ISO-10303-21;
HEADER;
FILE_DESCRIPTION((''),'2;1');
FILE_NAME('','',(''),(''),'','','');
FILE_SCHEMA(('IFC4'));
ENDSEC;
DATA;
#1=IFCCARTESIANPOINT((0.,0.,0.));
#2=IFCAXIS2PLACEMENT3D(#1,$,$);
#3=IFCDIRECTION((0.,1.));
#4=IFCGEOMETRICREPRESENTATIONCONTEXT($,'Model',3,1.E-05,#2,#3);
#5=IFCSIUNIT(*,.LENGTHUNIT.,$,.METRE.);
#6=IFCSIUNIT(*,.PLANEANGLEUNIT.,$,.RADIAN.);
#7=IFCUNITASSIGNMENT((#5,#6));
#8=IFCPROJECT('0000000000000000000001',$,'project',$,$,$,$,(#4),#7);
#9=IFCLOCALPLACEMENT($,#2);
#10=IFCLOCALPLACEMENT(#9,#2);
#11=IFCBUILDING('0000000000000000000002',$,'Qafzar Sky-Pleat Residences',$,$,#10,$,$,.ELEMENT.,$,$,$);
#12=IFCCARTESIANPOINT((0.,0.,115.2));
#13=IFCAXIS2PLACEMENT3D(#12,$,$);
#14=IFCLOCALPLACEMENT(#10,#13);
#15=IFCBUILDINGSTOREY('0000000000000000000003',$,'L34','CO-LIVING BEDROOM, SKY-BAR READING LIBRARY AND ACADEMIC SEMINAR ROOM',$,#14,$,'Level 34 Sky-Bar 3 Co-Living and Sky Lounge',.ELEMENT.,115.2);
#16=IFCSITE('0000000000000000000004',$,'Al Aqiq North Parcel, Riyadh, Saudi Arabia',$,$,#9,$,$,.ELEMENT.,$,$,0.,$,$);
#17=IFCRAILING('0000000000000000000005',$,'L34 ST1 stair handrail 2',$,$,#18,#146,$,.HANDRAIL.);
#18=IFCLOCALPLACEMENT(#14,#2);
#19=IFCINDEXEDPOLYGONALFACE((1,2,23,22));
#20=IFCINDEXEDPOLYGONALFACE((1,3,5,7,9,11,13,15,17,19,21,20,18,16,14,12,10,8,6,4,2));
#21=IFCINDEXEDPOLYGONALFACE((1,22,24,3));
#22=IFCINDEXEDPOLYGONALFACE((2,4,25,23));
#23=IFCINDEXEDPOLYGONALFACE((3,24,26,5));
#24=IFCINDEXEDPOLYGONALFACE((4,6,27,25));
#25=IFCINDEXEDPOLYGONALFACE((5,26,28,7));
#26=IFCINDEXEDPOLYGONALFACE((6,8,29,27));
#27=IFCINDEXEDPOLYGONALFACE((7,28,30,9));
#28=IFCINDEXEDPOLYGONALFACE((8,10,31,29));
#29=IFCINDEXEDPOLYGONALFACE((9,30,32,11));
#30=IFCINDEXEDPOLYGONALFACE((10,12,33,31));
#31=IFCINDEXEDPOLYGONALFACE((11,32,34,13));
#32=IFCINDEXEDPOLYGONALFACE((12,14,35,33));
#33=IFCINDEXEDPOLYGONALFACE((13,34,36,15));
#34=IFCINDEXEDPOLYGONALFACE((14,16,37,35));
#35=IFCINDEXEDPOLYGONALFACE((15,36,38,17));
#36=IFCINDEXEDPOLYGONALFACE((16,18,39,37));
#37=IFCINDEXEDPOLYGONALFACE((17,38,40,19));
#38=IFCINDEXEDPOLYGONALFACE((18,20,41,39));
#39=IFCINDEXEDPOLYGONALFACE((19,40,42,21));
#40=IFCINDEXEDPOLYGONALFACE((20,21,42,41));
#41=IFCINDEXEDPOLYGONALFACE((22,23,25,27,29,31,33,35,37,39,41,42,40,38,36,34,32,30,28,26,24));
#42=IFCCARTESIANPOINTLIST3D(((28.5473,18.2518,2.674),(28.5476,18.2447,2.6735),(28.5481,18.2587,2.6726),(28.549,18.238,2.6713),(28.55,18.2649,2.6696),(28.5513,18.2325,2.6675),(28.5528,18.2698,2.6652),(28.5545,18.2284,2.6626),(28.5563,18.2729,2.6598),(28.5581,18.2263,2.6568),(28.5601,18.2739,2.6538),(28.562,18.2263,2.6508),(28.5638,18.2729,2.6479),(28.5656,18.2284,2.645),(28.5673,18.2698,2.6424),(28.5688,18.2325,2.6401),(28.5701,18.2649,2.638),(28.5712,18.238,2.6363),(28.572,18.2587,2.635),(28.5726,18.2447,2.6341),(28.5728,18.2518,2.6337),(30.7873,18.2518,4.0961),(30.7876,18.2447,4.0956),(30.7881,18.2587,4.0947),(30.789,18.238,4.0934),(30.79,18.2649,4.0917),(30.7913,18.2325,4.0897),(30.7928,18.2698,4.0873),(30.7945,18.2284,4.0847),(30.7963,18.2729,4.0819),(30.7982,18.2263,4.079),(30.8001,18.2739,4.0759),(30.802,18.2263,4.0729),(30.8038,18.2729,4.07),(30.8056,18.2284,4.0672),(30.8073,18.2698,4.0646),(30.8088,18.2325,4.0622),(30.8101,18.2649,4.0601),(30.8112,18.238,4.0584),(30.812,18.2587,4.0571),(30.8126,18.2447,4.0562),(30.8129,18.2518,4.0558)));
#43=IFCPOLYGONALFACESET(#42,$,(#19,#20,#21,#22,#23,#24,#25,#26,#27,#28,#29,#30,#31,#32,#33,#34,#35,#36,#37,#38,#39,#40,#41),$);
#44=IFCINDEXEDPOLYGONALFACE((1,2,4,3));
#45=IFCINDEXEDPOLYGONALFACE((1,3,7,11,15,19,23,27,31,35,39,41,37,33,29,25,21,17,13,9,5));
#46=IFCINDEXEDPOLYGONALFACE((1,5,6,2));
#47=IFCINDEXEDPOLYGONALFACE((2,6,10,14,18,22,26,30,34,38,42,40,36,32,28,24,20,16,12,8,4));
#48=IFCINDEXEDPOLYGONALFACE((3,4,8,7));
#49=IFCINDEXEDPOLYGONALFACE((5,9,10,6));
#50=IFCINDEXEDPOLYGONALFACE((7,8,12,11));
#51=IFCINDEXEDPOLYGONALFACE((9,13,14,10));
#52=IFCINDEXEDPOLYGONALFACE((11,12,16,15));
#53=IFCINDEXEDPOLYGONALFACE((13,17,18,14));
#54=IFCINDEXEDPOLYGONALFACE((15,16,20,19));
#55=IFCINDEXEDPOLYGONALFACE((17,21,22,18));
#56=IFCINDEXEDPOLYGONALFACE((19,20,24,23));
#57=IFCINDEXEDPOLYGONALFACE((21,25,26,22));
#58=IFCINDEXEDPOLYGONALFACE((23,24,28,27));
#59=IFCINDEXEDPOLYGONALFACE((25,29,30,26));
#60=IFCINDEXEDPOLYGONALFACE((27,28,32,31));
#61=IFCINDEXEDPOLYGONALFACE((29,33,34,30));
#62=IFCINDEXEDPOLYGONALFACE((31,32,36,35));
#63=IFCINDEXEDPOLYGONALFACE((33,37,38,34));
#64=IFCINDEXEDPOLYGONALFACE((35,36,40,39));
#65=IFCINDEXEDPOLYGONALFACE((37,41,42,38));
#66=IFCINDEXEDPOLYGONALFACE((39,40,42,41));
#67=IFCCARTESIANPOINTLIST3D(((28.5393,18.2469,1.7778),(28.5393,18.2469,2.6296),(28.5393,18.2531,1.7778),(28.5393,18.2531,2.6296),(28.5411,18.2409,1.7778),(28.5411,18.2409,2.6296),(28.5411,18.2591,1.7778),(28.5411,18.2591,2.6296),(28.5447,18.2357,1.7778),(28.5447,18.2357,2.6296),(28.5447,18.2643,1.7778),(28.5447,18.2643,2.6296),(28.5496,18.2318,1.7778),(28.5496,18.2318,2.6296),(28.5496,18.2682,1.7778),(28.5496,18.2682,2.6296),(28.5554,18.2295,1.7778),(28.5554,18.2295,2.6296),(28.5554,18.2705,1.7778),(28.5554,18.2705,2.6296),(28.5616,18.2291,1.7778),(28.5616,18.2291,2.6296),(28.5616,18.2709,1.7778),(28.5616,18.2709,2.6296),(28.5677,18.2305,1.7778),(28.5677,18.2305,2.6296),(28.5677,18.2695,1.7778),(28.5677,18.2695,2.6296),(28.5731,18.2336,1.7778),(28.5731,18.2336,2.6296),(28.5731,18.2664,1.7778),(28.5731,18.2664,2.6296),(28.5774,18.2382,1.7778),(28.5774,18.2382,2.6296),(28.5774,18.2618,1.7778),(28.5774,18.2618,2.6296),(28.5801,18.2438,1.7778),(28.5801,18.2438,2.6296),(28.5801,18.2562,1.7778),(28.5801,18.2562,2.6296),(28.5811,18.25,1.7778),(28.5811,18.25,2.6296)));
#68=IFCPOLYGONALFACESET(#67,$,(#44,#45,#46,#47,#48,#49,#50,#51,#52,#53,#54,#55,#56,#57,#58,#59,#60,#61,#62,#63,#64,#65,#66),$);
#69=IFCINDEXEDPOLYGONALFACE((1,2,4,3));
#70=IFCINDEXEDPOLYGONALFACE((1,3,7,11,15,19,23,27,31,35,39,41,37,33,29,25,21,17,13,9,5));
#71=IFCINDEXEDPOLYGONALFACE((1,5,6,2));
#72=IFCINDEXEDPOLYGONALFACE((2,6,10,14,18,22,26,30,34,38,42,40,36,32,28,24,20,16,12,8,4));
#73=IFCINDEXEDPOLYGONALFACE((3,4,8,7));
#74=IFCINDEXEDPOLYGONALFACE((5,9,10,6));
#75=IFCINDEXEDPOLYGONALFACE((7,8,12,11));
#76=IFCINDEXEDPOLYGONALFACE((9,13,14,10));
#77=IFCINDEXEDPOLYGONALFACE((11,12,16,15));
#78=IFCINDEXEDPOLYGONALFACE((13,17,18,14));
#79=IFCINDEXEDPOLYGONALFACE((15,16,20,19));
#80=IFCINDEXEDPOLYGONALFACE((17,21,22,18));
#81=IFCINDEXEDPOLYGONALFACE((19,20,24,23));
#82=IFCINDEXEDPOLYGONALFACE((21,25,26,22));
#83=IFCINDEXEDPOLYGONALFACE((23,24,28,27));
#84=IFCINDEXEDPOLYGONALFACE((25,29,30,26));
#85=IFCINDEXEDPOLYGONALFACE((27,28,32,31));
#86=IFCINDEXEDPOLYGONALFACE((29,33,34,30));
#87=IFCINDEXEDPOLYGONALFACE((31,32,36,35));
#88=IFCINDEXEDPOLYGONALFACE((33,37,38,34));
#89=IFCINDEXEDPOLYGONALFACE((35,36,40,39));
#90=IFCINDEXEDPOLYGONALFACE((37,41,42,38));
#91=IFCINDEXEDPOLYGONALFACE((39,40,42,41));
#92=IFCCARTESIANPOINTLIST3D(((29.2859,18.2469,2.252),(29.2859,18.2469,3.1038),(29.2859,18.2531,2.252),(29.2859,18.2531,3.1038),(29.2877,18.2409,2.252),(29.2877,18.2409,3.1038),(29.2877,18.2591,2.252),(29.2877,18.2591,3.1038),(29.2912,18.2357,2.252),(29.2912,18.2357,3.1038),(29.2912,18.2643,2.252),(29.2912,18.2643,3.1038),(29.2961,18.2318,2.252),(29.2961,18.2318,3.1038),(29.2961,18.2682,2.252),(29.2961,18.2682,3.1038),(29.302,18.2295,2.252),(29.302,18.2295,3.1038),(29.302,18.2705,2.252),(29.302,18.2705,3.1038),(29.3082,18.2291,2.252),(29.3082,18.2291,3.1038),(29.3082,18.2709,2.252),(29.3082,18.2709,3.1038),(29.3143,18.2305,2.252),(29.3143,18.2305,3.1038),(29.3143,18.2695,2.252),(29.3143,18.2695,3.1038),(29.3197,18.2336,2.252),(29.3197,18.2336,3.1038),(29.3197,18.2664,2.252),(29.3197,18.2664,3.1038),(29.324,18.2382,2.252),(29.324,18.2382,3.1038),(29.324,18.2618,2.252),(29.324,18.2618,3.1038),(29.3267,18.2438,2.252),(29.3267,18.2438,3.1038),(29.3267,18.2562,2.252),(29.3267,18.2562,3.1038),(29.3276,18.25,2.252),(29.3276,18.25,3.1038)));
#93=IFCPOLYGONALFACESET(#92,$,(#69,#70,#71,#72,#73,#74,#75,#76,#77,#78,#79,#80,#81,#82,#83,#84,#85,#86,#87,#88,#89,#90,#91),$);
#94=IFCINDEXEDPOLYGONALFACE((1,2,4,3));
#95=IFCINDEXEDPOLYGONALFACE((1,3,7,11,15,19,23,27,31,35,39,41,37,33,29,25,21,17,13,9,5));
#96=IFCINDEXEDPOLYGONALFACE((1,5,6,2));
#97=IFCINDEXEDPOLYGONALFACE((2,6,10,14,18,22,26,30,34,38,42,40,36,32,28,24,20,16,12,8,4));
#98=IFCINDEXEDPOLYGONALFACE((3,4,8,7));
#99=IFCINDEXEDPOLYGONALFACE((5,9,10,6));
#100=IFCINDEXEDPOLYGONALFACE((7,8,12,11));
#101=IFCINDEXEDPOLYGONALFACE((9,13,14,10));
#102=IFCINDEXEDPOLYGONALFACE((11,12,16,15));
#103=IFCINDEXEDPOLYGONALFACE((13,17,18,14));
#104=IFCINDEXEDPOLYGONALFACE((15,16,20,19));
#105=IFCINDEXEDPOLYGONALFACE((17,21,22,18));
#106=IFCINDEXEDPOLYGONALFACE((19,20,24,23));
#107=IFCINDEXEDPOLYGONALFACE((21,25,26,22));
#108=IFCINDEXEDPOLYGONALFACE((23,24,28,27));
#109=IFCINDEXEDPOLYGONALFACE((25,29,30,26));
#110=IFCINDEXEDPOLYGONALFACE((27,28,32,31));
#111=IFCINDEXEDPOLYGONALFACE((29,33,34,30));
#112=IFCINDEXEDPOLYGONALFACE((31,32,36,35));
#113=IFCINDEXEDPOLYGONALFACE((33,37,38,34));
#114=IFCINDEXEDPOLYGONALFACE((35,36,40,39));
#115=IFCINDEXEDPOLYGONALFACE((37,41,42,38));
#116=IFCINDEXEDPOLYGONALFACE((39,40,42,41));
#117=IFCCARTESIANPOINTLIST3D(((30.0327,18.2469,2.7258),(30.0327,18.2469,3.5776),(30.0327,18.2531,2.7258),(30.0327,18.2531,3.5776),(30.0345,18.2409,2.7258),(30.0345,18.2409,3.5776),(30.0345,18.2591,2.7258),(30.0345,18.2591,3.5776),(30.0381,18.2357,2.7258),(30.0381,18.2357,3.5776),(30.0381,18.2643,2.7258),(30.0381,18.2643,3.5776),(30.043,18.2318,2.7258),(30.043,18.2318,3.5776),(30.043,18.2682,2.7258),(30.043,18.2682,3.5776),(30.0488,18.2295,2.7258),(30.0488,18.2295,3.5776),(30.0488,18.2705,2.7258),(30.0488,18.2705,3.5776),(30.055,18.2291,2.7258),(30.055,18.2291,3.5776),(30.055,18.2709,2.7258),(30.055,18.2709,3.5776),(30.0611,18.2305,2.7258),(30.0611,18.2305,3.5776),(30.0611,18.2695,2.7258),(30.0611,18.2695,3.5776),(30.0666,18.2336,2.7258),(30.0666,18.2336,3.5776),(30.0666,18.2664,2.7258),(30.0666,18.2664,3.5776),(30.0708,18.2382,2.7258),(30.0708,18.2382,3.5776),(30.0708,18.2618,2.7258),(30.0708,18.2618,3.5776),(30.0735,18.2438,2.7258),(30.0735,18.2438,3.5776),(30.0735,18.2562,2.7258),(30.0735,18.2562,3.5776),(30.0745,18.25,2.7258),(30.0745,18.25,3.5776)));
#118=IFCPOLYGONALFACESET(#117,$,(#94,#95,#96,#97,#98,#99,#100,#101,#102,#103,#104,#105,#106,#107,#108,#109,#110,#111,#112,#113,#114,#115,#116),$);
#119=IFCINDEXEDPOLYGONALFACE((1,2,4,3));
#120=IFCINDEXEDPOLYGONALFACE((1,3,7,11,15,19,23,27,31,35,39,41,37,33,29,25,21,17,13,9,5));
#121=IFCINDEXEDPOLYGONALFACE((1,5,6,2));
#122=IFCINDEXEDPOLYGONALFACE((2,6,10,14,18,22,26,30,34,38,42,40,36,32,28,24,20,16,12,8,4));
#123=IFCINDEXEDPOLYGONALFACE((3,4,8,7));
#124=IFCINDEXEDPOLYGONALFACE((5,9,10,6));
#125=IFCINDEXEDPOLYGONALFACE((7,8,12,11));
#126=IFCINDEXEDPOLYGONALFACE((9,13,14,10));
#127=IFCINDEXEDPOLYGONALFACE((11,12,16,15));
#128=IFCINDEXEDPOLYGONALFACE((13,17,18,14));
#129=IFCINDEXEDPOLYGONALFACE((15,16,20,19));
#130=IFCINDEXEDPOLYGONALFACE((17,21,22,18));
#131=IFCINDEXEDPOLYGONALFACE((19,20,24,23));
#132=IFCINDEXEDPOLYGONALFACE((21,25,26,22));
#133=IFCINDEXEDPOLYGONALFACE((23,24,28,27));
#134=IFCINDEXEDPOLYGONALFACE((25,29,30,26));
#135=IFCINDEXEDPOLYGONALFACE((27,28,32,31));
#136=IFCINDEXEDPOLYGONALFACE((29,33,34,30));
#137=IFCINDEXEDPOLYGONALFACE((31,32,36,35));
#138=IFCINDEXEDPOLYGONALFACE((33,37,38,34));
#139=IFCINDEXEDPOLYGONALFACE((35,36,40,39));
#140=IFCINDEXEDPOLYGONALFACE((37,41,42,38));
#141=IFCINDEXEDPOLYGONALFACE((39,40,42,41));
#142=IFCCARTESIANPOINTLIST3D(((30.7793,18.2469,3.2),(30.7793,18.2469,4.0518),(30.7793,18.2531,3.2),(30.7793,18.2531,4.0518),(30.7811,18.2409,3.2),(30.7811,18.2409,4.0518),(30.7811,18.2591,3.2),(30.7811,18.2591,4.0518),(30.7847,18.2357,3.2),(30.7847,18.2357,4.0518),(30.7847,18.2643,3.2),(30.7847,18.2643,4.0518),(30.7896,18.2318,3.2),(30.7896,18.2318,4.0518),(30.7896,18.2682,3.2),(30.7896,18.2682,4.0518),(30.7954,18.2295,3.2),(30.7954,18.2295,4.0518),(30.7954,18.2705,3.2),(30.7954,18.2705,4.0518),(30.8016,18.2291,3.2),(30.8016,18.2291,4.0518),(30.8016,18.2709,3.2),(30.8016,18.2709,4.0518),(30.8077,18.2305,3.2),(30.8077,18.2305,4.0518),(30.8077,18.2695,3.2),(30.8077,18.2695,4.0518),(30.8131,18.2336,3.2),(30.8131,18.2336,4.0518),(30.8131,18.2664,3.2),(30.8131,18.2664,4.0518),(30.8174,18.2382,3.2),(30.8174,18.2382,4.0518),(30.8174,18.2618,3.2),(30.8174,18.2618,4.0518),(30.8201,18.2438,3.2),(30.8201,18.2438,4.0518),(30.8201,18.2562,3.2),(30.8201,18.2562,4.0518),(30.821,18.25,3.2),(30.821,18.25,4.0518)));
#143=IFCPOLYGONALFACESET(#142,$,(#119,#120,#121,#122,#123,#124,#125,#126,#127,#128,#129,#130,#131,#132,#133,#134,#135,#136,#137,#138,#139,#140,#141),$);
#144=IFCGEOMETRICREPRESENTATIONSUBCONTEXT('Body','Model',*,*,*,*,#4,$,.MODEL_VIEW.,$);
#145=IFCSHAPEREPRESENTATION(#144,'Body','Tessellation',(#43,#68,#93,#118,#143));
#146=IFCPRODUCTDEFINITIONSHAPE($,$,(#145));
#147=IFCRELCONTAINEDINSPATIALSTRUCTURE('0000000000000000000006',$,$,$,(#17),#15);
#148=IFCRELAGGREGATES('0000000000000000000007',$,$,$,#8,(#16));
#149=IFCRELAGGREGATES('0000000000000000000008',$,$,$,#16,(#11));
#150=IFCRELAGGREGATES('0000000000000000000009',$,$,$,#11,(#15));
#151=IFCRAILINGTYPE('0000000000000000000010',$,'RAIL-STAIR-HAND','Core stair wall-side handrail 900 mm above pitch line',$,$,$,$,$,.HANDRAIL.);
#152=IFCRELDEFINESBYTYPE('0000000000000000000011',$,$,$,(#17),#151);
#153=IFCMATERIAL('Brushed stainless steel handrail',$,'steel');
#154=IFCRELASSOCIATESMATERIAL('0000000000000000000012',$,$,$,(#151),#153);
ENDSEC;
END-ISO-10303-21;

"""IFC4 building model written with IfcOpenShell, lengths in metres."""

from ifc_helpers import new_model, si_unit, direction, frame, origin, origin_2d, place, context, subcontext, project, spatial, circle, extrude, source, transform, mapped, material, type_object, element, save


model = new_model("IFC4")

# Units and contexts
model_context = context("Model", 3, precision=1e-05, world=origin(), true_north=direction((0.0, 1.0)))
body_context = subcontext(model_context, "Body", "Model", "MODEL_VIEW")
ifc_project = project(units=[si_unit("LENGTHUNIT", "METRE"), si_unit("PLANEANGLEUNIT", "RADIAN")], contexts=[model_context])

# Site, building, storey
site_placement = place(None, origin())
site = spatial("IfcSite", under=ifc_project, at=site_placement, Name="Al Aqiq North Parcel, Riyadh, Saudi Arabia", CompositionType="ELEMENT", RefElevation=0.0)
building_placement = place(site_placement, origin())
building = spatial("IfcBuilding", under=site, at=building_placement, Name="Qafzar Sky-Pleat Residences", CompositionType="ELEMENT")
storey_placement = place(building_placement, frame((0.0, 0.0, 115.2)))
storey = spatial("IfcBuildingStorey", under=building, at=storey_placement, Name="L34", Description="CO-LIVING BEDROOM, SKY-BAR READING LIBRARY AND ACADEMIC SEMINAR ROOM", LongName="Level 34 Sky-Bar 3 Co-Living and Sky Lounge", CompositionType="ELEMENT", Elevation=115.2)

# Railing
ifc_material_1 = material(Name="Brushed stainless steel handrail", Category="steel")
railing_type_1 = type_object("IfcRailingType", Name="RAIL-STAIR-HAND", Description="Core stair wall-side handrail 900 mm above pitch line", PredefinedType="HANDRAIL", material=ifc_material_1)
shared_shape_1 = source(origin(), body_context, "Body", "SweptSolid", [
    extrude(circle(Radius=0.0239, at=origin_2d()), frame((0.0, 0.0, 0.876), z_axis=(0.844229, 0.0, 0.535982), x_axis=(0.0, 1.0, 0.0)), (0.0, 0.0, 1.0), 2.6533),
    extrude(circle(Radius=0.021, at=origin_2d()), origin(), (0.0, 0.0, 1.0), 0.8518),
    extrude(circle(Radius=0.021, at=origin_2d()), frame((0.7466, 0.0, 0.4741)), (0.0, 0.0, 1.0), 0.8518),
    extrude(circle(Radius=0.021, at=origin_2d()), frame((1.4934, 0.0, 0.948)), (0.0, 0.0, 1.0), 0.8518),
    extrude(circle(Radius=0.021, at=origin_2d()), frame((2.24, 0.0, 1.4221)), (0.0, 0.0, 1.0), 0.8518),
])
railing_1_placement = place(storey_placement, frame((28.5601, 18.25, 1.7778)))
element("IfcRailing", 1, at=railing_1_placement, inside=storey, type_object=railing_type_1, Name="L34 ST1 stair handrail 2", PredefinedType="HANDRAIL", context=body_context, shape_type="MappedRepresentation", body=[
    mapped(shared_shape_1, transform((0.0, 0.0, 0.0), x_axis=(1.0, 0.0, 0.0), y_axis=(0.0, 1.0, 0.0), z_axis=(0.0, 0.0, 1.0), scale=1.0)),
])

save(model, "model.ifc")
